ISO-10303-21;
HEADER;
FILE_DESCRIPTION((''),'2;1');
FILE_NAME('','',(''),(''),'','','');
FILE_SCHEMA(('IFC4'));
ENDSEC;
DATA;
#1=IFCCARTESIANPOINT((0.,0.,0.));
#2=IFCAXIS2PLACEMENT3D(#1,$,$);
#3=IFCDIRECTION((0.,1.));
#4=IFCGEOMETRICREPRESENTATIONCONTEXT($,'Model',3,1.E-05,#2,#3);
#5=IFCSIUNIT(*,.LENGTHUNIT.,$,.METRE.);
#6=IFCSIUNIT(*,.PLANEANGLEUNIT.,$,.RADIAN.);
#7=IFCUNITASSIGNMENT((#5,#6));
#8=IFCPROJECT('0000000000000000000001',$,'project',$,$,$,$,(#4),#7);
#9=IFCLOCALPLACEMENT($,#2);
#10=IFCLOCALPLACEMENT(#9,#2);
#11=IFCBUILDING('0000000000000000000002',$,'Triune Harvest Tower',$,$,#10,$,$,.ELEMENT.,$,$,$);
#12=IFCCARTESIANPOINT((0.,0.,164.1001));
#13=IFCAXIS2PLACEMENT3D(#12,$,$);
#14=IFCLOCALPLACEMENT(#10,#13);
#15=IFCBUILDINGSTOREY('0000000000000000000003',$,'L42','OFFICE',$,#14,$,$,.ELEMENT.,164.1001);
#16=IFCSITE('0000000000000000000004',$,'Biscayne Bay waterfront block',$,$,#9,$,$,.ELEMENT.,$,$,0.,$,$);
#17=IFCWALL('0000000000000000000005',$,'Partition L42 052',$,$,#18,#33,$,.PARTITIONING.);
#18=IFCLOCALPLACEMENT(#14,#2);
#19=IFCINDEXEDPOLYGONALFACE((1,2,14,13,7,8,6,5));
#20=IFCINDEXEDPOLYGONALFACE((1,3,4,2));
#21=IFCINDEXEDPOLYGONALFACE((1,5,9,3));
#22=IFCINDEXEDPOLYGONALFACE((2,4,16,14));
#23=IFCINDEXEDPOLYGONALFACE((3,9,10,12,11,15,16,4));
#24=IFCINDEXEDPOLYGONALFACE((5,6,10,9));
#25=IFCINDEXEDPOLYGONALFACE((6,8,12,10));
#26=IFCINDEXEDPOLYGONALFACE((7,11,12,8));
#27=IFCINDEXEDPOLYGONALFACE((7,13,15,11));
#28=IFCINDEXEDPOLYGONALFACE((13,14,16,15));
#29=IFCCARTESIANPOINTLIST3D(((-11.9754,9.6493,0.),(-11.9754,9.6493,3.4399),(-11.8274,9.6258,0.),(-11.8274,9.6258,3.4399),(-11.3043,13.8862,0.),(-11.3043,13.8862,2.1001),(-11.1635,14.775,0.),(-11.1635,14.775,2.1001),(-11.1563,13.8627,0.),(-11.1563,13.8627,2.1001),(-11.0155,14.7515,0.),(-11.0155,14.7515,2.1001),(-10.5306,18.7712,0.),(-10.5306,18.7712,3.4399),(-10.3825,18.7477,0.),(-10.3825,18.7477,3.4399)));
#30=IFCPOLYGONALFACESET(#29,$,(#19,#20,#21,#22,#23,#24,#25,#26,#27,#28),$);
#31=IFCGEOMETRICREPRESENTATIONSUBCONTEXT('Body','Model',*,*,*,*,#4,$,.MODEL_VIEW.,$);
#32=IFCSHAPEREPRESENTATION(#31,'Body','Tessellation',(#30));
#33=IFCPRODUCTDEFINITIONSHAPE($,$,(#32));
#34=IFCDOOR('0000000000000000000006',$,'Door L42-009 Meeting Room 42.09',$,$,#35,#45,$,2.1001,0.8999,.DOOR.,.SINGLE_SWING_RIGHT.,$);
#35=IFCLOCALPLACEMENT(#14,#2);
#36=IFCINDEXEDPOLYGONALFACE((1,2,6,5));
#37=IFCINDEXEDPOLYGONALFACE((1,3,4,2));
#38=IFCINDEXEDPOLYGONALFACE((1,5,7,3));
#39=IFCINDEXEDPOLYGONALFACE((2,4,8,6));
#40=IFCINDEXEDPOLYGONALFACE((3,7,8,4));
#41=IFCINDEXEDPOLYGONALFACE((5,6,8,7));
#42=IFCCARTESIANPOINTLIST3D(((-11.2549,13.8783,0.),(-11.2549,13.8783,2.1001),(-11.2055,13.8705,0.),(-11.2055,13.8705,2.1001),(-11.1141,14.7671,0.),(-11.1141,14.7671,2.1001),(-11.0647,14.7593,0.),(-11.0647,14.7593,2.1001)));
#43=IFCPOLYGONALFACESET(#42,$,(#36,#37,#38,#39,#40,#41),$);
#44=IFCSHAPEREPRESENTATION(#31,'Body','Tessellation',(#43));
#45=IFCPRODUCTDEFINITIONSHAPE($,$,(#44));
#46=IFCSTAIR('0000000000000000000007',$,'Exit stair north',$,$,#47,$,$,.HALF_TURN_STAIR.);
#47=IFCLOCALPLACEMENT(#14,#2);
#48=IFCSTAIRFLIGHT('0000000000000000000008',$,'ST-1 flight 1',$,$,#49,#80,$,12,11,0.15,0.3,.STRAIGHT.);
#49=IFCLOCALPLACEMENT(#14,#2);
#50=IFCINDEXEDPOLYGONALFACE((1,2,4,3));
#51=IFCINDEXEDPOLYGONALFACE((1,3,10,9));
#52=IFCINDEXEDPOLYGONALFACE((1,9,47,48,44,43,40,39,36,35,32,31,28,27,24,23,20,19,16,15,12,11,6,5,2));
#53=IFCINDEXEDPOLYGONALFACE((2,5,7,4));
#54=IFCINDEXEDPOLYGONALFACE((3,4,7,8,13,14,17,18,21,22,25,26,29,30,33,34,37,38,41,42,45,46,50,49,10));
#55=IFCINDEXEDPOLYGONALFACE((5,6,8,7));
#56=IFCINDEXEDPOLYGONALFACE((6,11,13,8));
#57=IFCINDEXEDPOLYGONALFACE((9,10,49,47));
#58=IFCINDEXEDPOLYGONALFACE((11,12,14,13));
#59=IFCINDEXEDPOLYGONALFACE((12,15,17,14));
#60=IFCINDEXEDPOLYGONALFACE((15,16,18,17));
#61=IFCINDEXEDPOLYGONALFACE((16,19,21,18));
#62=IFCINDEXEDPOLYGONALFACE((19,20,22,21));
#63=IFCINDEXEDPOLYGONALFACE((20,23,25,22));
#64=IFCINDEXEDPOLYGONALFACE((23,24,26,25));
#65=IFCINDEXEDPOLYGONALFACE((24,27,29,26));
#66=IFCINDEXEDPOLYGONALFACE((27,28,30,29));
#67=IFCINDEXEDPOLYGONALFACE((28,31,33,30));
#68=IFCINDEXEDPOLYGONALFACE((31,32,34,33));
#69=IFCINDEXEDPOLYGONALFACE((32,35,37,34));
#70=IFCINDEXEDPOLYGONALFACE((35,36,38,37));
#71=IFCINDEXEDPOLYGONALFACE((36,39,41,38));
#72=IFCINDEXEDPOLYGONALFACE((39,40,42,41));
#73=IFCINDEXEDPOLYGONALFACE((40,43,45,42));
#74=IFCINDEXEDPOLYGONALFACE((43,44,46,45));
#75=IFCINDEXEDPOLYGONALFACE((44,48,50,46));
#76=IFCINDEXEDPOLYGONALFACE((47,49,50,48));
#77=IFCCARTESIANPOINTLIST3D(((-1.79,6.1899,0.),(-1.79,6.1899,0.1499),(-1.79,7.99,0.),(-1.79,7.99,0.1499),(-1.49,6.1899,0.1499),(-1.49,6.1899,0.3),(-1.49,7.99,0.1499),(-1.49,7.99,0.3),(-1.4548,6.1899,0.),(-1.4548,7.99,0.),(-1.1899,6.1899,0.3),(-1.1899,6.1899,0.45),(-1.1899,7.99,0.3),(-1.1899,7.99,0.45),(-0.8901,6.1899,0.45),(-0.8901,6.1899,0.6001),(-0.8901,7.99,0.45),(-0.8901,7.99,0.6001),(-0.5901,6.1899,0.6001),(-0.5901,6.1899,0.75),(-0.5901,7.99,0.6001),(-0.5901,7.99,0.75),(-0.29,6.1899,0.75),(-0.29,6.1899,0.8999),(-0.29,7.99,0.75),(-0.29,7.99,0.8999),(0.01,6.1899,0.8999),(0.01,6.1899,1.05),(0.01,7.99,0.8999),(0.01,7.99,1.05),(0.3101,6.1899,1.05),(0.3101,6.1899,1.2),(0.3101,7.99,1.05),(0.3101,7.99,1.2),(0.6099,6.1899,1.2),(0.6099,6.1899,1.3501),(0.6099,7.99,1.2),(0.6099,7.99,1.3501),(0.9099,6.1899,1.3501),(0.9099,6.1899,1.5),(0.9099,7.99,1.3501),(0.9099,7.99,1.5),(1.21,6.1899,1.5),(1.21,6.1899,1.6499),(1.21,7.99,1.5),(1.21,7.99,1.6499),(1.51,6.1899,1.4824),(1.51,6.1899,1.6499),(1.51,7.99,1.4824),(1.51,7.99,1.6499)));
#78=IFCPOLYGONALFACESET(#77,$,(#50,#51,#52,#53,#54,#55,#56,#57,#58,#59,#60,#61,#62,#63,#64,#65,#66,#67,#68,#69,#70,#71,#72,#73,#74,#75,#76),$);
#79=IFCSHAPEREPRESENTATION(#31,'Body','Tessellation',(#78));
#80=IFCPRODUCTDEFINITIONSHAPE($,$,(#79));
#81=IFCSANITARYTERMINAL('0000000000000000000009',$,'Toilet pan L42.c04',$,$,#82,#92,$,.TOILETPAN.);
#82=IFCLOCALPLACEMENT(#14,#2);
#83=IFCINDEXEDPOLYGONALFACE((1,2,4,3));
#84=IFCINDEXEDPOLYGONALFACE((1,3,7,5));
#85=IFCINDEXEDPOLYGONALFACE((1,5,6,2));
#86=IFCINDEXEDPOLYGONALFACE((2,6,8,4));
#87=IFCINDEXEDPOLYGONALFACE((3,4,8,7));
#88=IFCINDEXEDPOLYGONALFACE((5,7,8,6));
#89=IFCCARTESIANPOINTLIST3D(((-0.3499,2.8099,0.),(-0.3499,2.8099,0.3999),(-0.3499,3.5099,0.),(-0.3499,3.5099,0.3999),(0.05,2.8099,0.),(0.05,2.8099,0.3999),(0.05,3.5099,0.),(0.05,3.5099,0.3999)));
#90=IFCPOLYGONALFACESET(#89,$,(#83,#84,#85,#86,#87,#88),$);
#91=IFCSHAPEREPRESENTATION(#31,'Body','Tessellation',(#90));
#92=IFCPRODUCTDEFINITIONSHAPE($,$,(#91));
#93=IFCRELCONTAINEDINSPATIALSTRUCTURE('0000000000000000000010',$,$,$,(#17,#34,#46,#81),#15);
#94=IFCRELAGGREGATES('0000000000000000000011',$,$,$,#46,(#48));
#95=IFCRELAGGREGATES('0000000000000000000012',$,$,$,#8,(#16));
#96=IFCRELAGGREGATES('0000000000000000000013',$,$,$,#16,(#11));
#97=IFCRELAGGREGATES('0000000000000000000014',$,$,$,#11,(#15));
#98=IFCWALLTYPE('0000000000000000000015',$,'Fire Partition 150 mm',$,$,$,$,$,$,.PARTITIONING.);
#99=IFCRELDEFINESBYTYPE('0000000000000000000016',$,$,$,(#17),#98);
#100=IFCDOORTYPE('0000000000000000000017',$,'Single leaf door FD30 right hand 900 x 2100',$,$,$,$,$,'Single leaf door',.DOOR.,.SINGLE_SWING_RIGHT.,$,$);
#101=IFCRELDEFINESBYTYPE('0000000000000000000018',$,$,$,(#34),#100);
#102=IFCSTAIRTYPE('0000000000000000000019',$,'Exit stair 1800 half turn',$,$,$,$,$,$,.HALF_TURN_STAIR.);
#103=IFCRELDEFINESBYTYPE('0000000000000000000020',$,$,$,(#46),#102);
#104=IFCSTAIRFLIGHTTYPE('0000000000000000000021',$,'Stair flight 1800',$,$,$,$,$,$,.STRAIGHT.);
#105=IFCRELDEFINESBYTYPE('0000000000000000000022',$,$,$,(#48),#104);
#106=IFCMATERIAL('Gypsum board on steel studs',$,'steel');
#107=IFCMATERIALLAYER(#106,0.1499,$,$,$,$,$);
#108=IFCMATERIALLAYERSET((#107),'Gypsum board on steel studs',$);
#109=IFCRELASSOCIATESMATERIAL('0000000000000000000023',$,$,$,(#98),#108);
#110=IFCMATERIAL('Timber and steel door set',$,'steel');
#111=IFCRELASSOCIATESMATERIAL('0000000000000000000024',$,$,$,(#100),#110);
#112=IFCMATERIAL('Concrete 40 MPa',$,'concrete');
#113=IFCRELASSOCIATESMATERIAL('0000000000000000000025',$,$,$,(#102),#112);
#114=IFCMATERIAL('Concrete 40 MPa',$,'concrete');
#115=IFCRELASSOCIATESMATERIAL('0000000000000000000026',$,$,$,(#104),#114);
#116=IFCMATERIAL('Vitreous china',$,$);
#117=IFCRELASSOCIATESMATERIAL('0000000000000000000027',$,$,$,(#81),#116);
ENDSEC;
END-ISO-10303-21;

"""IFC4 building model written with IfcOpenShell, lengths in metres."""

from ifc_helpers import new_model, si_unit, direction, frame, frame_2d, origin, origin_2d, place, context, subcontext, project, spatial, polyline, rectangle, outline, extrude, source, transform, mapped, material, layer, layer_set, type_object, element, fill, aggregate, save


model = new_model("IFC4")

# Units and contexts
model_context = context("Model", 3, precision=1e-05, world=origin(), true_north=direction((0.0, 1.0)))
body_context = subcontext(model_context, "Body", "Model", "MODEL_VIEW")
ifc_project = project(units=[si_unit("LENGTHUNIT", "METRE"), si_unit("PLANEANGLEUNIT", "RADIAN")], contexts=[model_context])

# Site, building, storey
site_placement = place(None, origin())
site = spatial("IfcSite", under=ifc_project, at=site_placement, Name="Biscayne Bay waterfront block", CompositionType="ELEMENT", RefElevation=0.0)
building_placement = place(site_placement, origin())
building = spatial("IfcBuilding", under=site, at=building_placement, Name="Triune Harvest Tower", CompositionType="ELEMENT")
storey_placement = place(building_placement, frame((0.0, 0.0, 164.1001)))
storey = spatial("IfcBuildingStorey", under=building, at=storey_placement, Name="L42", Description="OFFICE", CompositionType="ELEMENT", Elevation=164.1001)

# Shared definitions
ifc_material_1 = material(Name="Gypsum board on steel studs", Category="steel")
ifc_layer_1 = layer(ifc_material_1, 0.1499)
ifc_layer_set_1 = layer_set([ifc_layer_1], Name="Gypsum board on steel studs")
wall_type_1 = type_object("IfcWallType", Name="Fire Partition 150 mm", PredefinedType="PARTITIONING", material=ifc_layer_set_1)

# Shared definitions
ifc_material_2 = material(Name="Timber and steel door set", Category="steel")
door_type_1 = type_object("IfcDoorType", Name="Single leaf door FD30 right hand 900 x 2100", ElementType="Single leaf door", OperationType="SINGLE_SWING_RIGHT", PredefinedType="DOOR", material=ifc_material_2)

# Wall, opening, door
shared_shape_1 = source(origin(), body_context, "Body", "SweptSolid", [
    extrude(rectangle(XDim=9.2356, YDim=0.1499, at=frame_2d((4.6177, 0.0))), origin(), (0.0, 0.0, 1.0), 3.4399),
])
wall_1_placement = place(storey_placement, frame((-11.9014, 9.6377, 0.0), z_axis=(0.0, 0.0, 1.0), x_axis=(0.156442, 0.987687, 0.0)))
wall_1 = element("IfcWall", 1, at=wall_1_placement, inside=storey, type_object=wall_type_1, Name="Partition L42 052", PredefinedType="PARTITIONING", context=body_context, shape_type="MappedRepresentation", body=[
    mapped(shared_shape_1, transform((0.0, 0.0, 0.0), scale=1.0)),
])
opening_1_placement = place(wall_1_placement, frame((4.2896, 0.0, 0.0)))
opening_1 = element("IfcOpeningElement", 2, at=opening_1_placement, cuts=wall_1, PredefinedType="OPENING", context=body_context, shape_type="SweptSolid", body=[
    extrude(rectangle(XDim=0.8999, YDim=2.1001, at=frame_2d((0.45, 1.05))), frame((0.0, 0.085, 0.0), z_axis=(0.0, -1.0, 0.0), x_axis=(1.0, 0.0, 0.0)), (0.0, 0.0, 1.0), 0.1699),
])
door_1_placement = place(opening_1_placement, origin())
door_1 = element("IfcDoor", 3, at=door_1_placement, inside=storey, type_object=door_type_1, Name="Door L42-009 Meeting Room 42.09", OperationType="SINGLE_SWING_RIGHT", OverallHeight=2.1001, OverallWidth=0.8999, PredefinedType="DOOR", context=body_context, shape_type="SweptSolid", body=[
    extrude(rectangle(XDim=0.8999, YDim=2.1001, at=frame_2d((0.45, 1.05))), frame((0.0, 0.0249, 0.0), z_axis=(0.0, -1.0, 0.0), x_axis=(1.0, 0.0, 0.0)), (0.0, 0.0, 1.0), 0.05),
])
fill(opening_1, door_1)

# Stair, stair flight
ifc_material_3 = material(Name="Concrete 40 MPa", Category="concrete")
stair_type = type_object("IfcStairType", Name="Exit stair 1800 half turn", PredefinedType="HALF_TURN_STAIR", material=ifc_material_3)
stair_placement = place(storey_placement, origin())
stair = element("IfcStair", 4, at=stair_placement, inside=storey, type_object=stair_type, Name="Exit stair north", PredefinedType="HALF_TURN_STAIR")
ifc_material_4 = material(Name="Concrete 40 MPa", Category="concrete")
stair_flight_type = type_object("IfcStairFlightType", Name="Stair flight 1800", PredefinedType="STRAIGHT", material=ifc_material_4)
shared_shape_2 = source(origin(), body_context, "Body", "SweptSolid", [
    extrude(outline(polyline([(0.0, 0.0), (0.0, 0.1499), (0.3, 0.1499), (0.3, 0.3), (0.6001, 0.3), (0.6001, 0.45), (0.8999, 0.45), (0.8999, 0.6001), (1.2, 0.6001), (1.2, 0.75), (1.5, 0.75), (1.5, 0.8999), (1.8, 0.8999), (1.8, 1.05), (2.1001, 1.05), (2.1001, 1.2), (2.3999, 1.2), (2.3999, 1.3501), (2.7, 1.3501), (2.7, 1.5), (3.0, 1.5), (3.0, 1.6499), (3.3, 1.6499), (3.3, 1.8), (3.3, 1.4824), (0.3352, 0.0), (0.0, 0.0)])), frame((0.0, 0.8999, 0.0), z_axis=(0.0, -1.0, 0.0), x_axis=(1.0, 0.0, 0.0)), (0.0, 0.0, 1.0), 1.8),
])
stair_flight_placement = place(storey_placement, frame((-1.79, 7.0901, 0.0), z_axis=(0.0, 0.0, 1.0), x_axis=(1.0, 0.0, 0.0)))
stair_flight = element("IfcStairFlight", 5, at=stair_flight_placement, type_object=stair_flight_type, Name="ST-1 flight 1", NumberOfRisers=12, NumberOfTreads=11, PredefinedType="STRAIGHT", RiserHeight=0.15, TreadLength=0.3, context=body_context, shape_type="MappedRepresentation", body=[
    mapped(shared_shape_2, transform((0.0, 0.0, 0.0), scale=1.0)),
])
aggregate(stair, [stair_flight])

# Sanitary terminal
ifc_material_5 = material(Name="Vitreous china")
shared_shape_3 = source(origin(), body_context, "Body", "SweptSolid", [
    extrude(rectangle(XDim=0.3999, YDim=0.7, at=origin_2d()), origin(), (0.0, 0.0, 1.0), 0.3999),
])
sanitary_terminal_placement = place(storey_placement, frame((-0.1499, 3.1599, 0.0), z_axis=(0.0, 0.0, 1.0), x_axis=(-1.0, 0.0, 0.0)))
element("IfcSanitaryTerminal", 6, at=sanitary_terminal_placement, inside=storey, material=ifc_material_5, Name="Toilet pan L42.c04", PredefinedType="TOILETPAN", context=body_context, shape_type="MappedRepresentation", body=[
    mapped(shared_shape_3, transform((0.0, 0.0, 0.0), scale=1.0)),
])

save(model, "model.ifc")
